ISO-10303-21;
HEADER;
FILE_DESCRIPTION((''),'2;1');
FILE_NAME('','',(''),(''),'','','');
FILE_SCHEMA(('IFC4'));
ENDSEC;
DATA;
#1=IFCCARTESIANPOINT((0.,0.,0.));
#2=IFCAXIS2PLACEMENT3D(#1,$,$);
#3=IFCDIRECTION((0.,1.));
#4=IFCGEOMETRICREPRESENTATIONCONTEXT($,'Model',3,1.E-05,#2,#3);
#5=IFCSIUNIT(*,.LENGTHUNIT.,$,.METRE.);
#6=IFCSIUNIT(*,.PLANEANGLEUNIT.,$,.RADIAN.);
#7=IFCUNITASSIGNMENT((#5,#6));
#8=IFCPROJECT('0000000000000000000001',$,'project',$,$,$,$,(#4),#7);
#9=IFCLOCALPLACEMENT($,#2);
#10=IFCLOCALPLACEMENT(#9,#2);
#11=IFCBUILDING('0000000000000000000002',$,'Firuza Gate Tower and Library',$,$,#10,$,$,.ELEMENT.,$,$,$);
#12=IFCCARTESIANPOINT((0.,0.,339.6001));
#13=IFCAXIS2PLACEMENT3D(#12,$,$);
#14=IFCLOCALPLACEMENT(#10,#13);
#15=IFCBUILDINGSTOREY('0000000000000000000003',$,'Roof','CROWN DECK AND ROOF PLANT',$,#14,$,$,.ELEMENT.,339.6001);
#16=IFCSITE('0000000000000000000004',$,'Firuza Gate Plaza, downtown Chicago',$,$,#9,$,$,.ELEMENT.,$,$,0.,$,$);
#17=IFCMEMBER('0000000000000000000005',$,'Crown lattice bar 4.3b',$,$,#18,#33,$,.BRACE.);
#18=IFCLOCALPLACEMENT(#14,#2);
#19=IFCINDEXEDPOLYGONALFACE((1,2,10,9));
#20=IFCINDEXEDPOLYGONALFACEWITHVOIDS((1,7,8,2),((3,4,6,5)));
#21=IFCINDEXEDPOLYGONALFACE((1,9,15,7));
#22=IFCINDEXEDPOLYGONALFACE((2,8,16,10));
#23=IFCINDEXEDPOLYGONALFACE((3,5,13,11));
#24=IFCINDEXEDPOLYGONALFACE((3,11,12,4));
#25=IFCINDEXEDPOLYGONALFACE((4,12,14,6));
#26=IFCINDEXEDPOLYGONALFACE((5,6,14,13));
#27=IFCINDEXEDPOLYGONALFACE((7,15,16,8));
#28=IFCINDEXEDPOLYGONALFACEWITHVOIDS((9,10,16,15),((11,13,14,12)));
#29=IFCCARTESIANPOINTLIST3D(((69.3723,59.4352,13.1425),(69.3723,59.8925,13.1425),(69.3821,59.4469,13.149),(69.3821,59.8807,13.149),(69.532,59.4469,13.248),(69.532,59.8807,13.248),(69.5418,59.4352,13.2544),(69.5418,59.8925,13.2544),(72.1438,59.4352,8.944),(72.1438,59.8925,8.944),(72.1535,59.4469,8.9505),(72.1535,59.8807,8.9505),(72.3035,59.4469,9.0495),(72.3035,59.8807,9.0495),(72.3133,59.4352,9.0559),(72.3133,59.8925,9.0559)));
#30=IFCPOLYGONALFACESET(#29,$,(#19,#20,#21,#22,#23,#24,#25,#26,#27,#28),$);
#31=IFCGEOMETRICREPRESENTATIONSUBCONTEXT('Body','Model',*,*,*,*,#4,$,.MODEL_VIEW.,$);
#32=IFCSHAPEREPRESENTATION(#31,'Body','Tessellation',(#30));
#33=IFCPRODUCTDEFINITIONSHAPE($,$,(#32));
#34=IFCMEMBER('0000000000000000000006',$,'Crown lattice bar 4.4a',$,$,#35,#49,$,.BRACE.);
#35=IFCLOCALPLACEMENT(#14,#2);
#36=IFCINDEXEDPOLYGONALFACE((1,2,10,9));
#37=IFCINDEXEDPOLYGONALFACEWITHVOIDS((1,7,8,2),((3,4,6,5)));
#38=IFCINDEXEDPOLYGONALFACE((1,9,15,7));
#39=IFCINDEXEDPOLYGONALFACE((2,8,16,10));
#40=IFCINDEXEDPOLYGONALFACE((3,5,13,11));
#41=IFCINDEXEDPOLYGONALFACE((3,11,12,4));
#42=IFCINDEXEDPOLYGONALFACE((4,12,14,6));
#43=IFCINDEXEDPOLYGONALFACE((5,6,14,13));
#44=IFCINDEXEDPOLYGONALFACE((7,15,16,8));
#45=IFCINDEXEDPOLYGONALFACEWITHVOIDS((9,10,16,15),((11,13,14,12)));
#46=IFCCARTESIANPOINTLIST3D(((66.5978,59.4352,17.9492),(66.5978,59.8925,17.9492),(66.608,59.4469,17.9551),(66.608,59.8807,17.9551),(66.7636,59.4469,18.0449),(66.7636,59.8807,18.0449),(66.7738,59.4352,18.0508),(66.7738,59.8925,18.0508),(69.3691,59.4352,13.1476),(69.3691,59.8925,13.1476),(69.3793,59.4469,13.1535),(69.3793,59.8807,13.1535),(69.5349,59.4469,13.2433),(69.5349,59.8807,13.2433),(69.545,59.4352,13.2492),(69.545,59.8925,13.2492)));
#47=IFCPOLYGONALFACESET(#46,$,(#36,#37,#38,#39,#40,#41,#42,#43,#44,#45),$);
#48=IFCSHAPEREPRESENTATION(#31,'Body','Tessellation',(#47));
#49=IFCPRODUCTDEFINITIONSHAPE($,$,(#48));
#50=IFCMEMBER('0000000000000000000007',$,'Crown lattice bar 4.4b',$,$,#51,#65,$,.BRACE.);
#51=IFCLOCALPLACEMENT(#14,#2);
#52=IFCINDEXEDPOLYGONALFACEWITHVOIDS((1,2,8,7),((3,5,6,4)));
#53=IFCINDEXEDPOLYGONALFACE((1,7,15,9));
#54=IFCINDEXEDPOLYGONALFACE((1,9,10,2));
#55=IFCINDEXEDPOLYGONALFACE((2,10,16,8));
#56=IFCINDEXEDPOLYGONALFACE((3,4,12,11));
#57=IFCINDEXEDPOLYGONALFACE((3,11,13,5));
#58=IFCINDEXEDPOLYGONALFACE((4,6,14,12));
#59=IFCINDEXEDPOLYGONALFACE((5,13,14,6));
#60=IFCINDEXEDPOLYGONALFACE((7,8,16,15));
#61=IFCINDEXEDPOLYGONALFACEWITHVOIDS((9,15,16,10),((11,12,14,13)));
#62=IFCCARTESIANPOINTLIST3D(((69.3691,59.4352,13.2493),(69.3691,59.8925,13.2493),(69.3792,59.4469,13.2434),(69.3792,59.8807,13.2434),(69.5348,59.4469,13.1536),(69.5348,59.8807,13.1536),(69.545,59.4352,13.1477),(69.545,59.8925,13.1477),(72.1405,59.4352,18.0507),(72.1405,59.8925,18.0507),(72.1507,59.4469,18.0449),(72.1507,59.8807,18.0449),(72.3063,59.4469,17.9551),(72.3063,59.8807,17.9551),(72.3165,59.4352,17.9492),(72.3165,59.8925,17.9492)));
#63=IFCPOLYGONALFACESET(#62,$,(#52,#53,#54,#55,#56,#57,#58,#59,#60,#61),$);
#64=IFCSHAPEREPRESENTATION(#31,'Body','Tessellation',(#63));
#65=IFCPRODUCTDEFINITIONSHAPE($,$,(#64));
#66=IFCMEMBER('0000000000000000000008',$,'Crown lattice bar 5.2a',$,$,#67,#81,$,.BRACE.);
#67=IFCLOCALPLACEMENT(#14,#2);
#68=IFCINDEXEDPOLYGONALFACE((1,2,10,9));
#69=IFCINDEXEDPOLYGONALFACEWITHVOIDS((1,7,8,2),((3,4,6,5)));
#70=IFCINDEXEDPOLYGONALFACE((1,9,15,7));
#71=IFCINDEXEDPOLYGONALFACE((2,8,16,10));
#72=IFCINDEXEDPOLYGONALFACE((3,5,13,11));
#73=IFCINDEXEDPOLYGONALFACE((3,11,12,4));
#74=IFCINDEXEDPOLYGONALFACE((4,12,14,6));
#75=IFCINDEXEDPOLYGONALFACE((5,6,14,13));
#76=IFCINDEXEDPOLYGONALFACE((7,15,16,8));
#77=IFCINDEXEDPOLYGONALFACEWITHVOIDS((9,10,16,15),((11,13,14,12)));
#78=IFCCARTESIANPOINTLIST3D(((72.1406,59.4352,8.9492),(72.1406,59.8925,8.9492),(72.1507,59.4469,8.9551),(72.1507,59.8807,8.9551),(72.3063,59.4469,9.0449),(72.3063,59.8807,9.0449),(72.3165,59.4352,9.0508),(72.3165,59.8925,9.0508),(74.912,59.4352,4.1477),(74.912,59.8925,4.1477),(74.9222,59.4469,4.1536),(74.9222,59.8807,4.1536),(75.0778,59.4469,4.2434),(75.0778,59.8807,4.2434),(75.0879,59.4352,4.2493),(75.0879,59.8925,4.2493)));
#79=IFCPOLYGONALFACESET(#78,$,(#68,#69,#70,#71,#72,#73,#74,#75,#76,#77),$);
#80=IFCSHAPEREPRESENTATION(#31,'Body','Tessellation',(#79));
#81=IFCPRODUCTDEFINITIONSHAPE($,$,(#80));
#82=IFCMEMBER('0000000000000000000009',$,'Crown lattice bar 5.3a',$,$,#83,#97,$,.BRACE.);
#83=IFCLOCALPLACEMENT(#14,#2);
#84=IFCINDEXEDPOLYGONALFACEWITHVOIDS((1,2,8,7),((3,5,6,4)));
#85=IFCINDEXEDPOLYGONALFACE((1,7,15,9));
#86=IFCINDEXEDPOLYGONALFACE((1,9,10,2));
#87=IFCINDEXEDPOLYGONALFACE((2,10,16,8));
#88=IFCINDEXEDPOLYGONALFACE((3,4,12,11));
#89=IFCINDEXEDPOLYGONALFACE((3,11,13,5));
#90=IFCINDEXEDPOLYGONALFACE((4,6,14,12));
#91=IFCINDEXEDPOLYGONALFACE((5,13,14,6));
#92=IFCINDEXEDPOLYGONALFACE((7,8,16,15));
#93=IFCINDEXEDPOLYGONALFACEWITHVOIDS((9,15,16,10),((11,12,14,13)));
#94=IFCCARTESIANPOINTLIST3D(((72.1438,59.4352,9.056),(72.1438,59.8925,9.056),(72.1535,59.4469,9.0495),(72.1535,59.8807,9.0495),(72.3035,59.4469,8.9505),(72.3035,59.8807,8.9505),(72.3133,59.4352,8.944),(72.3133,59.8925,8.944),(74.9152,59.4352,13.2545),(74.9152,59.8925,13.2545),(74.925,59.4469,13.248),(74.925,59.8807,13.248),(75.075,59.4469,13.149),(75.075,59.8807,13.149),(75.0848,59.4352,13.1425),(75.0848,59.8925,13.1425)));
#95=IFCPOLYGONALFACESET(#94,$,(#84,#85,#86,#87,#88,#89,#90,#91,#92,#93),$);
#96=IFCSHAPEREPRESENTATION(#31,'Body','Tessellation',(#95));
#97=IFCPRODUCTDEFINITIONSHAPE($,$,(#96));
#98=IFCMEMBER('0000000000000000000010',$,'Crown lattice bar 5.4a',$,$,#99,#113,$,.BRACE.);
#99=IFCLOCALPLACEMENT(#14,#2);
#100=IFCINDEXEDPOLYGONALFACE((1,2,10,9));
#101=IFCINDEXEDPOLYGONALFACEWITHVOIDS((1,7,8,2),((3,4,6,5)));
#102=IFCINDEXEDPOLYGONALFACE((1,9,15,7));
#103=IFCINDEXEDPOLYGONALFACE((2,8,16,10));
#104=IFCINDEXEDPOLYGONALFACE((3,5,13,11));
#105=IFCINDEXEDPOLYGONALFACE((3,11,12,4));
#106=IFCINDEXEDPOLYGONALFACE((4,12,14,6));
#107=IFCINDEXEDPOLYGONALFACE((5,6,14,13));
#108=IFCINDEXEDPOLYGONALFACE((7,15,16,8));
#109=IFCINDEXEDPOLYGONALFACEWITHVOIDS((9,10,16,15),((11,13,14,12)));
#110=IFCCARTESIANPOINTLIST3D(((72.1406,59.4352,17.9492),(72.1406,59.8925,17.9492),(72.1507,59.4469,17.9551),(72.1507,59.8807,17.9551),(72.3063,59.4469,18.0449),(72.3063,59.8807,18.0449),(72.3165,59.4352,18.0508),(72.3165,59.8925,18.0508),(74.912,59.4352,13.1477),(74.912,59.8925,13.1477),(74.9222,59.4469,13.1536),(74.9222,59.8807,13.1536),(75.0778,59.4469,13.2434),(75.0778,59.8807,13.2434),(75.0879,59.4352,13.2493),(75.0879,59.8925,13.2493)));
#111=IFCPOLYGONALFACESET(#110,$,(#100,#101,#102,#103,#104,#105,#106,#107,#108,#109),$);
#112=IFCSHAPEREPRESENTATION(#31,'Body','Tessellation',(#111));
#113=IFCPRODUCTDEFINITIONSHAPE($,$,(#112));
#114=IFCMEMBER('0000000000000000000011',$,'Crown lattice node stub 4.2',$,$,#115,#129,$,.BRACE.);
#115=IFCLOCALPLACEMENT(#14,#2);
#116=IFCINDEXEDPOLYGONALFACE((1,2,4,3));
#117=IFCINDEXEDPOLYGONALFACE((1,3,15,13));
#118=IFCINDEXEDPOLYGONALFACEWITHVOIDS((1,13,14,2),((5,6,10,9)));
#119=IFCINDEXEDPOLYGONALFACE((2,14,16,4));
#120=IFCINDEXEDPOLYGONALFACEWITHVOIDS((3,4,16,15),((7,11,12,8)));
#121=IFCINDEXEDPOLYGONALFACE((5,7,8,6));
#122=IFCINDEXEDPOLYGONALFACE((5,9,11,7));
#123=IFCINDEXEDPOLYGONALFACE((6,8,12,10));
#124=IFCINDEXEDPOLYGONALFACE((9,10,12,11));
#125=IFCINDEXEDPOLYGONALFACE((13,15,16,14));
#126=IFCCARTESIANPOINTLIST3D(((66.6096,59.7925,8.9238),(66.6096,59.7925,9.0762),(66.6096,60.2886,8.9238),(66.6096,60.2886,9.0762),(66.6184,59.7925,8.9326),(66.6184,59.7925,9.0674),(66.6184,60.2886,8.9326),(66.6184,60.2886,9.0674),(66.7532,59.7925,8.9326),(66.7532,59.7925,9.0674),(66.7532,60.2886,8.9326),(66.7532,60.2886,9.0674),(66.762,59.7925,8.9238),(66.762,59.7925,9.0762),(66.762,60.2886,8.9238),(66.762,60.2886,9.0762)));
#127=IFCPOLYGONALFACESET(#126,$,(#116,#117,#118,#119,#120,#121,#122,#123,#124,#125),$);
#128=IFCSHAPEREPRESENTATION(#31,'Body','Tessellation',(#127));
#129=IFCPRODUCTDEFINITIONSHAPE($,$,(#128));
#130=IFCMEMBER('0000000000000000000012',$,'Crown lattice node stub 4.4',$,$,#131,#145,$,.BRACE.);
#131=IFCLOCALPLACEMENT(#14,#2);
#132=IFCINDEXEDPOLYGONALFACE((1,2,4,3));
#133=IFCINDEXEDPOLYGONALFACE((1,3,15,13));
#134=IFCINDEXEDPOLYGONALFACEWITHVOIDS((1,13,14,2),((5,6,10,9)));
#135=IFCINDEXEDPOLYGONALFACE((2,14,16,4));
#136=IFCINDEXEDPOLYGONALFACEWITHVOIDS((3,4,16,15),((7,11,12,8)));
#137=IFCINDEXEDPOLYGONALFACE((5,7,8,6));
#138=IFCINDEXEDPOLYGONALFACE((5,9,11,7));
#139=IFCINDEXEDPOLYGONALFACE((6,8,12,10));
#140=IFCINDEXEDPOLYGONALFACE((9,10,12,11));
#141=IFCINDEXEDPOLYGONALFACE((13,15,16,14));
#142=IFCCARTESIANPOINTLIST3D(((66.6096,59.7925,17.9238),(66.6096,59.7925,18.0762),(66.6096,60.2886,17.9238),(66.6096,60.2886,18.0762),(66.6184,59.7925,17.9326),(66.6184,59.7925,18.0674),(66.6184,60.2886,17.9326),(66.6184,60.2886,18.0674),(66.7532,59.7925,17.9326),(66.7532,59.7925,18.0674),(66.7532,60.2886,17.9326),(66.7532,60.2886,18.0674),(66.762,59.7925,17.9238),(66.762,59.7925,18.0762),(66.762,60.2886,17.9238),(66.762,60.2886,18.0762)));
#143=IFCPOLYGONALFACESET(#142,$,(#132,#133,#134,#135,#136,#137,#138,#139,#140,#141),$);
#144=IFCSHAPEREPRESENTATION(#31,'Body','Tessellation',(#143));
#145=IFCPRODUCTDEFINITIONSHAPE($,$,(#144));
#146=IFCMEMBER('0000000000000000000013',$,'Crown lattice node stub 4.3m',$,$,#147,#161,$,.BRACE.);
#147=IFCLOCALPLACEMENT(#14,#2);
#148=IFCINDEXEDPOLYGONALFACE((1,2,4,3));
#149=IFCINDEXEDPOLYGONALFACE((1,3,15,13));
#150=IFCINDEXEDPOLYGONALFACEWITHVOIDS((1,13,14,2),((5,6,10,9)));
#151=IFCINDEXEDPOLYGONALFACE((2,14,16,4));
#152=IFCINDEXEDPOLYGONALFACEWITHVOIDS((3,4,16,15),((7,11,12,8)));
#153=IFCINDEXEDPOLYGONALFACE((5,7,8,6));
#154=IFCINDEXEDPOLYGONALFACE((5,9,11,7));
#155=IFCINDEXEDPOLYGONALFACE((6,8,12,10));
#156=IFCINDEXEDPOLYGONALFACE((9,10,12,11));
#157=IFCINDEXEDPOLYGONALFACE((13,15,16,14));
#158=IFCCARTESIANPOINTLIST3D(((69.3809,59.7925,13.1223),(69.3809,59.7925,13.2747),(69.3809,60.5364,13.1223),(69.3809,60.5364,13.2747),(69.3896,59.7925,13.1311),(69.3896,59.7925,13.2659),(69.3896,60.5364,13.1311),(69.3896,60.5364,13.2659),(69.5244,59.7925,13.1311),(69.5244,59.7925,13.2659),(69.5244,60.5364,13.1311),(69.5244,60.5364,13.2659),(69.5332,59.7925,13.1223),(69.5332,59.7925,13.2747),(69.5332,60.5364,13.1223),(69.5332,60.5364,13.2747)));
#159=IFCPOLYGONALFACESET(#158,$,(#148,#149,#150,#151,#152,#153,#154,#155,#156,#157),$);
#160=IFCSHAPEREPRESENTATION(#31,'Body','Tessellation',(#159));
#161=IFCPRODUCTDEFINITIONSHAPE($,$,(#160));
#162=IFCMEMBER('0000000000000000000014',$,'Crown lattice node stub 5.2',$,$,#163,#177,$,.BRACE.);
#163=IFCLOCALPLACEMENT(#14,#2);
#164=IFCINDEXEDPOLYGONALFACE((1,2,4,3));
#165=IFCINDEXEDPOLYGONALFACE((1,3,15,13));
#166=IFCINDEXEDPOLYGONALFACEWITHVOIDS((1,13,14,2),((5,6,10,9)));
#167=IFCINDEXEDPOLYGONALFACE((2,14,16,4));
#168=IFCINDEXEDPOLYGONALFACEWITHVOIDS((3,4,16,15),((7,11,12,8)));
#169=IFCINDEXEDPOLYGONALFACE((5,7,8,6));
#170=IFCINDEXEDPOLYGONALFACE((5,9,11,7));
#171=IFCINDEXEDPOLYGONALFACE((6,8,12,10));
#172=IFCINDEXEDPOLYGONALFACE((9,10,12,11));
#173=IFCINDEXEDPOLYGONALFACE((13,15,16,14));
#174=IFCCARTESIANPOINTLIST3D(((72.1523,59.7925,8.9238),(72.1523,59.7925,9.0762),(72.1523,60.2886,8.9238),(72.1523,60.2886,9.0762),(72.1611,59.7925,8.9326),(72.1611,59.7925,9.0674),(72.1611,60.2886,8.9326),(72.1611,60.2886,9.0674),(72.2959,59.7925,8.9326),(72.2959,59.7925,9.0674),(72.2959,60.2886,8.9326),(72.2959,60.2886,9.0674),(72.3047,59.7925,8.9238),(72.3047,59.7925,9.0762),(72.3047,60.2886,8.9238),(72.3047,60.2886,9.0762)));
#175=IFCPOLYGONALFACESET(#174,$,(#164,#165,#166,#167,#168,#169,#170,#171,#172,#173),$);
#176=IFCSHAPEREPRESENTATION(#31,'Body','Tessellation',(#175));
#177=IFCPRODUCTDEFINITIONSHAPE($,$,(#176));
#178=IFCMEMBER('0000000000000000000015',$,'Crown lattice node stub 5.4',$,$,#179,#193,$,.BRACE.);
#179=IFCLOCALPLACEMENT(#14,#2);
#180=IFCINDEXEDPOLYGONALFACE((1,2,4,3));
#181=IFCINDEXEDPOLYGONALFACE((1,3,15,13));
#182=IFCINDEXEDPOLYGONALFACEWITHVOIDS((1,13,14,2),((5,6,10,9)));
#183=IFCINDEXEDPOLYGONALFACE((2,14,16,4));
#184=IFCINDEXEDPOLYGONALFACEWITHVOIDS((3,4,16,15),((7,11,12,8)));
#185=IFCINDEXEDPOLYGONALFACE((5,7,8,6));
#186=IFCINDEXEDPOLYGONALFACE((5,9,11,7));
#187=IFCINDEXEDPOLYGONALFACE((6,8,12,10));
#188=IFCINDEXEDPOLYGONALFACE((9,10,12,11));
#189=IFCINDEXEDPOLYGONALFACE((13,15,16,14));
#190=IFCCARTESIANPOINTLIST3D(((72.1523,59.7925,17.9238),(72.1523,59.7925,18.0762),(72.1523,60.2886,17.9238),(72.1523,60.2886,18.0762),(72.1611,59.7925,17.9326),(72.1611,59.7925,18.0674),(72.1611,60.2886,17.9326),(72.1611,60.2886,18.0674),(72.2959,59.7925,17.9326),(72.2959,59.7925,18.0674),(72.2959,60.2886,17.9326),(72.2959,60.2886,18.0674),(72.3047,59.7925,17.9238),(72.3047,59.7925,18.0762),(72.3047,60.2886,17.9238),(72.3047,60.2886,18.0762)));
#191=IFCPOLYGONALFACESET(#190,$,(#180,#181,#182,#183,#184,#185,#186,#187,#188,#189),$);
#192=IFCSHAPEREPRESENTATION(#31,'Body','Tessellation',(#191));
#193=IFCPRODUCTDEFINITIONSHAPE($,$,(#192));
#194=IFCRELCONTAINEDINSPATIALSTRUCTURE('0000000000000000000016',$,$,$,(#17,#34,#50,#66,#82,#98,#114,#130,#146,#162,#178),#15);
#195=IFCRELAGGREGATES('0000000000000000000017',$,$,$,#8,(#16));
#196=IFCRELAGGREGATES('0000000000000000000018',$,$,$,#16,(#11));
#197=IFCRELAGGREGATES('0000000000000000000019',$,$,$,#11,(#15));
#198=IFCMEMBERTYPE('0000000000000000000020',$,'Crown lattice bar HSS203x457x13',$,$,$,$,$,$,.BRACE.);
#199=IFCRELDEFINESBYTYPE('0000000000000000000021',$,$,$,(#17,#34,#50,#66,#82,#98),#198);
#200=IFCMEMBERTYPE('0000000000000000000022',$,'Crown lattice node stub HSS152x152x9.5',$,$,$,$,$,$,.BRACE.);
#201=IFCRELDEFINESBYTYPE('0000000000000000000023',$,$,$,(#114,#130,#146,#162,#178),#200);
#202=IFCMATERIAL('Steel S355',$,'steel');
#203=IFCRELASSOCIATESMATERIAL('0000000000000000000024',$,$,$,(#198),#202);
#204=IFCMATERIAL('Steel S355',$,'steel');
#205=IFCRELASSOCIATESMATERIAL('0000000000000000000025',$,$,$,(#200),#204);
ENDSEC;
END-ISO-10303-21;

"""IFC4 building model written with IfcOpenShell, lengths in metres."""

from ifc_helpers import new_model, si_unit, direction, frame, origin, origin_2d, place, context, subcontext, project, spatial, hollow_rectangle, extrude, material, material_profile, profile_set, type_object, element, save


model = new_model("IFC4")

# Units and contexts
model_context = context("Model", 3, precision=1e-05, world=origin(), true_north=direction((0.0, 1.0)))
body_context = subcontext(model_context, "Body", "Model", "MODEL_VIEW")
ifc_project = project(units=[si_unit("LENGTHUNIT", "METRE"), si_unit("PLANEANGLEUNIT", "RADIAN")], contexts=[model_context])

# Site, building, storey
site_placement = place(None, origin())
site = spatial("IfcSite", under=ifc_project, at=site_placement, Name="Firuza Gate Plaza, downtown Chicago", CompositionType="ELEMENT", RefElevation=0.0)
building_placement = place(site_placement, origin())
building = spatial("IfcBuilding", under=site, at=building_placement, Name="Firuza Gate Tower and Library", CompositionType="ELEMENT")
storey_placement = place(building_placement, frame((0.0, 0.0, 339.6001)))
storey = spatial("IfcBuildingStorey", under=building, at=storey_placement, Name="Roof", Description="CROWN DECK AND ROOF PLANT", CompositionType="ELEMENT", Elevation=339.6001)

# Members
ifc_material_1 = material(Name="Steel S355", Category="steel")
ifc_material_profile_1 = material_profile(ifc_material_1, hollow_rectangle(XDim=0.4573, YDim=0.2031, WallThickness=0.0117, at=origin_2d()))
ifc_profile_set_1 = profile_set([ifc_material_profile_1], Name="Steel S355")
member_type_1 = type_object("IfcMemberType", Name="Crown lattice bar HSS203x457x13", PredefinedType="BRACE", material=ifc_profile_set_1)
member_1_placement = place(storey_placement, frame((69.457, 59.6638, 13.1985), z_axis=(0.550909, 0.0, -0.834565), x_axis=(0.0, 1.0, 0.0)))
element("IfcMember", 1, at=member_1_placement, inside=storey, type_object=member_type_1, Name="Crown lattice bar 4.3b", PredefinedType="BRACE", context=body_context, shape_type="SweptSolid", body=[
    extrude(hollow_rectangle(XDim=0.4573, YDim=0.2031, WallThickness=0.0117, at=origin_2d()), origin(), (0.0, 0.0, 1.0), 5.0308),
])
for number, where, z_axis, x_axis, name in (
    (2, (66.6858, 59.6638, 18.0), (0.499876, 0.0, -0.866097), (0.0, 1.0, 0.0), "Crown lattice bar 4.4a"),
    (3, (69.457, 59.6638, 13.1985), (0.499909, 0.0, 0.866078), (0.0, 1.0, 0.0), "Crown lattice bar 4.4b"),
    (4, (72.2285, 59.6638, 9.0), (0.499909, 0.0, -0.866078), (0.0, 1.0, 0.0), "Crown lattice bar 5.2a"),
):
    element("IfcMember", number, at=place(storey_placement, frame(where, z_axis=z_axis, x_axis=x_axis)), inside=storey, type_object=member_type_1, Name=name, PredefinedType="BRACE", context=body_context, shape_type="SweptSolid", body=[
        extrude(hollow_rectangle(XDim=0.4573, YDim=0.2031, WallThickness=0.0117, at=origin_2d()), origin(), (0.0, 0.0, 1.0), 5.5439),
    ])
member_2_placement = place(storey_placement, frame((72.2285, 59.6638, 9.0), z_axis=(0.550909, 0.0, 0.834565), x_axis=(0.0, 1.0, 0.0)))
element("IfcMember", 5, at=member_2_placement, inside=storey, type_object=member_type_1, Name="Crown lattice bar 5.3a", PredefinedType="BRACE", context=body_context, shape_type="SweptSolid", body=[
    extrude(hollow_rectangle(XDim=0.4573, YDim=0.2031, WallThickness=0.0117, at=origin_2d()), origin(), (0.0, 0.0, 1.0), 5.0308),
])
member_3_placement = place(storey_placement, frame((72.2285, 59.6638, 18.0), z_axis=(0.499909, 0.0, -0.866078), x_axis=(0.0, 1.0, 0.0)))
element("IfcMember", 6, at=member_3_placement, inside=storey, type_object=member_type_1, Name="Crown lattice bar 5.4a", PredefinedType="BRACE", context=body_context, shape_type="SweptSolid", body=[
    extrude(hollow_rectangle(XDim=0.4573, YDim=0.2031, WallThickness=0.0117, at=origin_2d()), origin(), (0.0, 0.0, 1.0), 5.5439),
])
ifc_material_2 = material(Name="Steel S355", Category="steel")
ifc_material_profile_2 = material_profile(ifc_material_2, hollow_rectangle(XDim=0.1523, YDim=0.1523, WallThickness=0.0088, at=origin_2d()))
ifc_profile_set_2 = profile_set([ifc_material_profile_2], Name="Steel S355")
member_type_2 = type_object("IfcMemberType", Name="Crown lattice node stub HSS152x152x9.5", PredefinedType="BRACE", material=ifc_profile_set_2)
for number, where, z_axis, x_axis, name in (
    (7, (66.6858, 60.2886, 9.0), (0.0, -1.0, 0.0), (1.0, 0.0, 0.0), "Crown lattice node stub 4.2"),
    (8, (66.6858, 60.2886, 18.0), (0.0, -1.0, 0.0), (1.0, 0.0, 0.0), "Crown lattice node stub 4.4"),
):
    element("IfcMember", number, at=place(storey_placement, frame(where, z_axis=z_axis, x_axis=x_axis)), inside=storey, type_object=member_type_2, Name=name, PredefinedType="BRACE", context=body_context, shape_type="SweptSolid", body=[
        extrude(hollow_rectangle(XDim=0.1523, YDim=0.1523, WallThickness=0.0088, at=origin_2d()), origin(), (0.0, 0.0, 1.0), 0.4961),
    ])
member_4_placement = place(storey_placement, frame((69.457, 60.5364, 13.1985), z_axis=(0.0, -1.0, 0.0), x_axis=(1.0, 0.0, 0.0)))
element("IfcMember", 9, at=member_4_placement, inside=storey, type_object=member_type_2, Name="Crown lattice node stub 4.3m", PredefinedType="BRACE", context=body_context, shape_type="SweptSolid", body=[
    extrude(hollow_rectangle(XDim=0.1523, YDim=0.1523, WallThickness=0.0088, at=origin_2d()), origin(), (0.0, 0.0, 1.0), 0.7439),
])
for number, where, z_axis, x_axis, name in (
    (10, (72.2285, 60.2886, 9.0), (0.0, -1.0, 0.0), (1.0, 0.0, 0.0), "Crown lattice node stub 5.2"),
    (11, (72.2285, 60.2886, 18.0), (0.0, -1.0, 0.0), (1.0, 0.0, 0.0), "Crown lattice node stub 5.4"),
):
    element("IfcMember", number, at=place(storey_placement, frame(where, z_axis=z_axis, x_axis=x_axis)), inside=storey, type_object=member_type_2, Name=name, PredefinedType="BRACE", context=body_context, shape_type="SweptSolid", body=[
        extrude(hollow_rectangle(XDim=0.1523, YDim=0.1523, WallThickness=0.0088, at=origin_2d()), origin(), (0.0, 0.0, 1.0), 0.4961),
    ])

save(model, "model.ifc")
